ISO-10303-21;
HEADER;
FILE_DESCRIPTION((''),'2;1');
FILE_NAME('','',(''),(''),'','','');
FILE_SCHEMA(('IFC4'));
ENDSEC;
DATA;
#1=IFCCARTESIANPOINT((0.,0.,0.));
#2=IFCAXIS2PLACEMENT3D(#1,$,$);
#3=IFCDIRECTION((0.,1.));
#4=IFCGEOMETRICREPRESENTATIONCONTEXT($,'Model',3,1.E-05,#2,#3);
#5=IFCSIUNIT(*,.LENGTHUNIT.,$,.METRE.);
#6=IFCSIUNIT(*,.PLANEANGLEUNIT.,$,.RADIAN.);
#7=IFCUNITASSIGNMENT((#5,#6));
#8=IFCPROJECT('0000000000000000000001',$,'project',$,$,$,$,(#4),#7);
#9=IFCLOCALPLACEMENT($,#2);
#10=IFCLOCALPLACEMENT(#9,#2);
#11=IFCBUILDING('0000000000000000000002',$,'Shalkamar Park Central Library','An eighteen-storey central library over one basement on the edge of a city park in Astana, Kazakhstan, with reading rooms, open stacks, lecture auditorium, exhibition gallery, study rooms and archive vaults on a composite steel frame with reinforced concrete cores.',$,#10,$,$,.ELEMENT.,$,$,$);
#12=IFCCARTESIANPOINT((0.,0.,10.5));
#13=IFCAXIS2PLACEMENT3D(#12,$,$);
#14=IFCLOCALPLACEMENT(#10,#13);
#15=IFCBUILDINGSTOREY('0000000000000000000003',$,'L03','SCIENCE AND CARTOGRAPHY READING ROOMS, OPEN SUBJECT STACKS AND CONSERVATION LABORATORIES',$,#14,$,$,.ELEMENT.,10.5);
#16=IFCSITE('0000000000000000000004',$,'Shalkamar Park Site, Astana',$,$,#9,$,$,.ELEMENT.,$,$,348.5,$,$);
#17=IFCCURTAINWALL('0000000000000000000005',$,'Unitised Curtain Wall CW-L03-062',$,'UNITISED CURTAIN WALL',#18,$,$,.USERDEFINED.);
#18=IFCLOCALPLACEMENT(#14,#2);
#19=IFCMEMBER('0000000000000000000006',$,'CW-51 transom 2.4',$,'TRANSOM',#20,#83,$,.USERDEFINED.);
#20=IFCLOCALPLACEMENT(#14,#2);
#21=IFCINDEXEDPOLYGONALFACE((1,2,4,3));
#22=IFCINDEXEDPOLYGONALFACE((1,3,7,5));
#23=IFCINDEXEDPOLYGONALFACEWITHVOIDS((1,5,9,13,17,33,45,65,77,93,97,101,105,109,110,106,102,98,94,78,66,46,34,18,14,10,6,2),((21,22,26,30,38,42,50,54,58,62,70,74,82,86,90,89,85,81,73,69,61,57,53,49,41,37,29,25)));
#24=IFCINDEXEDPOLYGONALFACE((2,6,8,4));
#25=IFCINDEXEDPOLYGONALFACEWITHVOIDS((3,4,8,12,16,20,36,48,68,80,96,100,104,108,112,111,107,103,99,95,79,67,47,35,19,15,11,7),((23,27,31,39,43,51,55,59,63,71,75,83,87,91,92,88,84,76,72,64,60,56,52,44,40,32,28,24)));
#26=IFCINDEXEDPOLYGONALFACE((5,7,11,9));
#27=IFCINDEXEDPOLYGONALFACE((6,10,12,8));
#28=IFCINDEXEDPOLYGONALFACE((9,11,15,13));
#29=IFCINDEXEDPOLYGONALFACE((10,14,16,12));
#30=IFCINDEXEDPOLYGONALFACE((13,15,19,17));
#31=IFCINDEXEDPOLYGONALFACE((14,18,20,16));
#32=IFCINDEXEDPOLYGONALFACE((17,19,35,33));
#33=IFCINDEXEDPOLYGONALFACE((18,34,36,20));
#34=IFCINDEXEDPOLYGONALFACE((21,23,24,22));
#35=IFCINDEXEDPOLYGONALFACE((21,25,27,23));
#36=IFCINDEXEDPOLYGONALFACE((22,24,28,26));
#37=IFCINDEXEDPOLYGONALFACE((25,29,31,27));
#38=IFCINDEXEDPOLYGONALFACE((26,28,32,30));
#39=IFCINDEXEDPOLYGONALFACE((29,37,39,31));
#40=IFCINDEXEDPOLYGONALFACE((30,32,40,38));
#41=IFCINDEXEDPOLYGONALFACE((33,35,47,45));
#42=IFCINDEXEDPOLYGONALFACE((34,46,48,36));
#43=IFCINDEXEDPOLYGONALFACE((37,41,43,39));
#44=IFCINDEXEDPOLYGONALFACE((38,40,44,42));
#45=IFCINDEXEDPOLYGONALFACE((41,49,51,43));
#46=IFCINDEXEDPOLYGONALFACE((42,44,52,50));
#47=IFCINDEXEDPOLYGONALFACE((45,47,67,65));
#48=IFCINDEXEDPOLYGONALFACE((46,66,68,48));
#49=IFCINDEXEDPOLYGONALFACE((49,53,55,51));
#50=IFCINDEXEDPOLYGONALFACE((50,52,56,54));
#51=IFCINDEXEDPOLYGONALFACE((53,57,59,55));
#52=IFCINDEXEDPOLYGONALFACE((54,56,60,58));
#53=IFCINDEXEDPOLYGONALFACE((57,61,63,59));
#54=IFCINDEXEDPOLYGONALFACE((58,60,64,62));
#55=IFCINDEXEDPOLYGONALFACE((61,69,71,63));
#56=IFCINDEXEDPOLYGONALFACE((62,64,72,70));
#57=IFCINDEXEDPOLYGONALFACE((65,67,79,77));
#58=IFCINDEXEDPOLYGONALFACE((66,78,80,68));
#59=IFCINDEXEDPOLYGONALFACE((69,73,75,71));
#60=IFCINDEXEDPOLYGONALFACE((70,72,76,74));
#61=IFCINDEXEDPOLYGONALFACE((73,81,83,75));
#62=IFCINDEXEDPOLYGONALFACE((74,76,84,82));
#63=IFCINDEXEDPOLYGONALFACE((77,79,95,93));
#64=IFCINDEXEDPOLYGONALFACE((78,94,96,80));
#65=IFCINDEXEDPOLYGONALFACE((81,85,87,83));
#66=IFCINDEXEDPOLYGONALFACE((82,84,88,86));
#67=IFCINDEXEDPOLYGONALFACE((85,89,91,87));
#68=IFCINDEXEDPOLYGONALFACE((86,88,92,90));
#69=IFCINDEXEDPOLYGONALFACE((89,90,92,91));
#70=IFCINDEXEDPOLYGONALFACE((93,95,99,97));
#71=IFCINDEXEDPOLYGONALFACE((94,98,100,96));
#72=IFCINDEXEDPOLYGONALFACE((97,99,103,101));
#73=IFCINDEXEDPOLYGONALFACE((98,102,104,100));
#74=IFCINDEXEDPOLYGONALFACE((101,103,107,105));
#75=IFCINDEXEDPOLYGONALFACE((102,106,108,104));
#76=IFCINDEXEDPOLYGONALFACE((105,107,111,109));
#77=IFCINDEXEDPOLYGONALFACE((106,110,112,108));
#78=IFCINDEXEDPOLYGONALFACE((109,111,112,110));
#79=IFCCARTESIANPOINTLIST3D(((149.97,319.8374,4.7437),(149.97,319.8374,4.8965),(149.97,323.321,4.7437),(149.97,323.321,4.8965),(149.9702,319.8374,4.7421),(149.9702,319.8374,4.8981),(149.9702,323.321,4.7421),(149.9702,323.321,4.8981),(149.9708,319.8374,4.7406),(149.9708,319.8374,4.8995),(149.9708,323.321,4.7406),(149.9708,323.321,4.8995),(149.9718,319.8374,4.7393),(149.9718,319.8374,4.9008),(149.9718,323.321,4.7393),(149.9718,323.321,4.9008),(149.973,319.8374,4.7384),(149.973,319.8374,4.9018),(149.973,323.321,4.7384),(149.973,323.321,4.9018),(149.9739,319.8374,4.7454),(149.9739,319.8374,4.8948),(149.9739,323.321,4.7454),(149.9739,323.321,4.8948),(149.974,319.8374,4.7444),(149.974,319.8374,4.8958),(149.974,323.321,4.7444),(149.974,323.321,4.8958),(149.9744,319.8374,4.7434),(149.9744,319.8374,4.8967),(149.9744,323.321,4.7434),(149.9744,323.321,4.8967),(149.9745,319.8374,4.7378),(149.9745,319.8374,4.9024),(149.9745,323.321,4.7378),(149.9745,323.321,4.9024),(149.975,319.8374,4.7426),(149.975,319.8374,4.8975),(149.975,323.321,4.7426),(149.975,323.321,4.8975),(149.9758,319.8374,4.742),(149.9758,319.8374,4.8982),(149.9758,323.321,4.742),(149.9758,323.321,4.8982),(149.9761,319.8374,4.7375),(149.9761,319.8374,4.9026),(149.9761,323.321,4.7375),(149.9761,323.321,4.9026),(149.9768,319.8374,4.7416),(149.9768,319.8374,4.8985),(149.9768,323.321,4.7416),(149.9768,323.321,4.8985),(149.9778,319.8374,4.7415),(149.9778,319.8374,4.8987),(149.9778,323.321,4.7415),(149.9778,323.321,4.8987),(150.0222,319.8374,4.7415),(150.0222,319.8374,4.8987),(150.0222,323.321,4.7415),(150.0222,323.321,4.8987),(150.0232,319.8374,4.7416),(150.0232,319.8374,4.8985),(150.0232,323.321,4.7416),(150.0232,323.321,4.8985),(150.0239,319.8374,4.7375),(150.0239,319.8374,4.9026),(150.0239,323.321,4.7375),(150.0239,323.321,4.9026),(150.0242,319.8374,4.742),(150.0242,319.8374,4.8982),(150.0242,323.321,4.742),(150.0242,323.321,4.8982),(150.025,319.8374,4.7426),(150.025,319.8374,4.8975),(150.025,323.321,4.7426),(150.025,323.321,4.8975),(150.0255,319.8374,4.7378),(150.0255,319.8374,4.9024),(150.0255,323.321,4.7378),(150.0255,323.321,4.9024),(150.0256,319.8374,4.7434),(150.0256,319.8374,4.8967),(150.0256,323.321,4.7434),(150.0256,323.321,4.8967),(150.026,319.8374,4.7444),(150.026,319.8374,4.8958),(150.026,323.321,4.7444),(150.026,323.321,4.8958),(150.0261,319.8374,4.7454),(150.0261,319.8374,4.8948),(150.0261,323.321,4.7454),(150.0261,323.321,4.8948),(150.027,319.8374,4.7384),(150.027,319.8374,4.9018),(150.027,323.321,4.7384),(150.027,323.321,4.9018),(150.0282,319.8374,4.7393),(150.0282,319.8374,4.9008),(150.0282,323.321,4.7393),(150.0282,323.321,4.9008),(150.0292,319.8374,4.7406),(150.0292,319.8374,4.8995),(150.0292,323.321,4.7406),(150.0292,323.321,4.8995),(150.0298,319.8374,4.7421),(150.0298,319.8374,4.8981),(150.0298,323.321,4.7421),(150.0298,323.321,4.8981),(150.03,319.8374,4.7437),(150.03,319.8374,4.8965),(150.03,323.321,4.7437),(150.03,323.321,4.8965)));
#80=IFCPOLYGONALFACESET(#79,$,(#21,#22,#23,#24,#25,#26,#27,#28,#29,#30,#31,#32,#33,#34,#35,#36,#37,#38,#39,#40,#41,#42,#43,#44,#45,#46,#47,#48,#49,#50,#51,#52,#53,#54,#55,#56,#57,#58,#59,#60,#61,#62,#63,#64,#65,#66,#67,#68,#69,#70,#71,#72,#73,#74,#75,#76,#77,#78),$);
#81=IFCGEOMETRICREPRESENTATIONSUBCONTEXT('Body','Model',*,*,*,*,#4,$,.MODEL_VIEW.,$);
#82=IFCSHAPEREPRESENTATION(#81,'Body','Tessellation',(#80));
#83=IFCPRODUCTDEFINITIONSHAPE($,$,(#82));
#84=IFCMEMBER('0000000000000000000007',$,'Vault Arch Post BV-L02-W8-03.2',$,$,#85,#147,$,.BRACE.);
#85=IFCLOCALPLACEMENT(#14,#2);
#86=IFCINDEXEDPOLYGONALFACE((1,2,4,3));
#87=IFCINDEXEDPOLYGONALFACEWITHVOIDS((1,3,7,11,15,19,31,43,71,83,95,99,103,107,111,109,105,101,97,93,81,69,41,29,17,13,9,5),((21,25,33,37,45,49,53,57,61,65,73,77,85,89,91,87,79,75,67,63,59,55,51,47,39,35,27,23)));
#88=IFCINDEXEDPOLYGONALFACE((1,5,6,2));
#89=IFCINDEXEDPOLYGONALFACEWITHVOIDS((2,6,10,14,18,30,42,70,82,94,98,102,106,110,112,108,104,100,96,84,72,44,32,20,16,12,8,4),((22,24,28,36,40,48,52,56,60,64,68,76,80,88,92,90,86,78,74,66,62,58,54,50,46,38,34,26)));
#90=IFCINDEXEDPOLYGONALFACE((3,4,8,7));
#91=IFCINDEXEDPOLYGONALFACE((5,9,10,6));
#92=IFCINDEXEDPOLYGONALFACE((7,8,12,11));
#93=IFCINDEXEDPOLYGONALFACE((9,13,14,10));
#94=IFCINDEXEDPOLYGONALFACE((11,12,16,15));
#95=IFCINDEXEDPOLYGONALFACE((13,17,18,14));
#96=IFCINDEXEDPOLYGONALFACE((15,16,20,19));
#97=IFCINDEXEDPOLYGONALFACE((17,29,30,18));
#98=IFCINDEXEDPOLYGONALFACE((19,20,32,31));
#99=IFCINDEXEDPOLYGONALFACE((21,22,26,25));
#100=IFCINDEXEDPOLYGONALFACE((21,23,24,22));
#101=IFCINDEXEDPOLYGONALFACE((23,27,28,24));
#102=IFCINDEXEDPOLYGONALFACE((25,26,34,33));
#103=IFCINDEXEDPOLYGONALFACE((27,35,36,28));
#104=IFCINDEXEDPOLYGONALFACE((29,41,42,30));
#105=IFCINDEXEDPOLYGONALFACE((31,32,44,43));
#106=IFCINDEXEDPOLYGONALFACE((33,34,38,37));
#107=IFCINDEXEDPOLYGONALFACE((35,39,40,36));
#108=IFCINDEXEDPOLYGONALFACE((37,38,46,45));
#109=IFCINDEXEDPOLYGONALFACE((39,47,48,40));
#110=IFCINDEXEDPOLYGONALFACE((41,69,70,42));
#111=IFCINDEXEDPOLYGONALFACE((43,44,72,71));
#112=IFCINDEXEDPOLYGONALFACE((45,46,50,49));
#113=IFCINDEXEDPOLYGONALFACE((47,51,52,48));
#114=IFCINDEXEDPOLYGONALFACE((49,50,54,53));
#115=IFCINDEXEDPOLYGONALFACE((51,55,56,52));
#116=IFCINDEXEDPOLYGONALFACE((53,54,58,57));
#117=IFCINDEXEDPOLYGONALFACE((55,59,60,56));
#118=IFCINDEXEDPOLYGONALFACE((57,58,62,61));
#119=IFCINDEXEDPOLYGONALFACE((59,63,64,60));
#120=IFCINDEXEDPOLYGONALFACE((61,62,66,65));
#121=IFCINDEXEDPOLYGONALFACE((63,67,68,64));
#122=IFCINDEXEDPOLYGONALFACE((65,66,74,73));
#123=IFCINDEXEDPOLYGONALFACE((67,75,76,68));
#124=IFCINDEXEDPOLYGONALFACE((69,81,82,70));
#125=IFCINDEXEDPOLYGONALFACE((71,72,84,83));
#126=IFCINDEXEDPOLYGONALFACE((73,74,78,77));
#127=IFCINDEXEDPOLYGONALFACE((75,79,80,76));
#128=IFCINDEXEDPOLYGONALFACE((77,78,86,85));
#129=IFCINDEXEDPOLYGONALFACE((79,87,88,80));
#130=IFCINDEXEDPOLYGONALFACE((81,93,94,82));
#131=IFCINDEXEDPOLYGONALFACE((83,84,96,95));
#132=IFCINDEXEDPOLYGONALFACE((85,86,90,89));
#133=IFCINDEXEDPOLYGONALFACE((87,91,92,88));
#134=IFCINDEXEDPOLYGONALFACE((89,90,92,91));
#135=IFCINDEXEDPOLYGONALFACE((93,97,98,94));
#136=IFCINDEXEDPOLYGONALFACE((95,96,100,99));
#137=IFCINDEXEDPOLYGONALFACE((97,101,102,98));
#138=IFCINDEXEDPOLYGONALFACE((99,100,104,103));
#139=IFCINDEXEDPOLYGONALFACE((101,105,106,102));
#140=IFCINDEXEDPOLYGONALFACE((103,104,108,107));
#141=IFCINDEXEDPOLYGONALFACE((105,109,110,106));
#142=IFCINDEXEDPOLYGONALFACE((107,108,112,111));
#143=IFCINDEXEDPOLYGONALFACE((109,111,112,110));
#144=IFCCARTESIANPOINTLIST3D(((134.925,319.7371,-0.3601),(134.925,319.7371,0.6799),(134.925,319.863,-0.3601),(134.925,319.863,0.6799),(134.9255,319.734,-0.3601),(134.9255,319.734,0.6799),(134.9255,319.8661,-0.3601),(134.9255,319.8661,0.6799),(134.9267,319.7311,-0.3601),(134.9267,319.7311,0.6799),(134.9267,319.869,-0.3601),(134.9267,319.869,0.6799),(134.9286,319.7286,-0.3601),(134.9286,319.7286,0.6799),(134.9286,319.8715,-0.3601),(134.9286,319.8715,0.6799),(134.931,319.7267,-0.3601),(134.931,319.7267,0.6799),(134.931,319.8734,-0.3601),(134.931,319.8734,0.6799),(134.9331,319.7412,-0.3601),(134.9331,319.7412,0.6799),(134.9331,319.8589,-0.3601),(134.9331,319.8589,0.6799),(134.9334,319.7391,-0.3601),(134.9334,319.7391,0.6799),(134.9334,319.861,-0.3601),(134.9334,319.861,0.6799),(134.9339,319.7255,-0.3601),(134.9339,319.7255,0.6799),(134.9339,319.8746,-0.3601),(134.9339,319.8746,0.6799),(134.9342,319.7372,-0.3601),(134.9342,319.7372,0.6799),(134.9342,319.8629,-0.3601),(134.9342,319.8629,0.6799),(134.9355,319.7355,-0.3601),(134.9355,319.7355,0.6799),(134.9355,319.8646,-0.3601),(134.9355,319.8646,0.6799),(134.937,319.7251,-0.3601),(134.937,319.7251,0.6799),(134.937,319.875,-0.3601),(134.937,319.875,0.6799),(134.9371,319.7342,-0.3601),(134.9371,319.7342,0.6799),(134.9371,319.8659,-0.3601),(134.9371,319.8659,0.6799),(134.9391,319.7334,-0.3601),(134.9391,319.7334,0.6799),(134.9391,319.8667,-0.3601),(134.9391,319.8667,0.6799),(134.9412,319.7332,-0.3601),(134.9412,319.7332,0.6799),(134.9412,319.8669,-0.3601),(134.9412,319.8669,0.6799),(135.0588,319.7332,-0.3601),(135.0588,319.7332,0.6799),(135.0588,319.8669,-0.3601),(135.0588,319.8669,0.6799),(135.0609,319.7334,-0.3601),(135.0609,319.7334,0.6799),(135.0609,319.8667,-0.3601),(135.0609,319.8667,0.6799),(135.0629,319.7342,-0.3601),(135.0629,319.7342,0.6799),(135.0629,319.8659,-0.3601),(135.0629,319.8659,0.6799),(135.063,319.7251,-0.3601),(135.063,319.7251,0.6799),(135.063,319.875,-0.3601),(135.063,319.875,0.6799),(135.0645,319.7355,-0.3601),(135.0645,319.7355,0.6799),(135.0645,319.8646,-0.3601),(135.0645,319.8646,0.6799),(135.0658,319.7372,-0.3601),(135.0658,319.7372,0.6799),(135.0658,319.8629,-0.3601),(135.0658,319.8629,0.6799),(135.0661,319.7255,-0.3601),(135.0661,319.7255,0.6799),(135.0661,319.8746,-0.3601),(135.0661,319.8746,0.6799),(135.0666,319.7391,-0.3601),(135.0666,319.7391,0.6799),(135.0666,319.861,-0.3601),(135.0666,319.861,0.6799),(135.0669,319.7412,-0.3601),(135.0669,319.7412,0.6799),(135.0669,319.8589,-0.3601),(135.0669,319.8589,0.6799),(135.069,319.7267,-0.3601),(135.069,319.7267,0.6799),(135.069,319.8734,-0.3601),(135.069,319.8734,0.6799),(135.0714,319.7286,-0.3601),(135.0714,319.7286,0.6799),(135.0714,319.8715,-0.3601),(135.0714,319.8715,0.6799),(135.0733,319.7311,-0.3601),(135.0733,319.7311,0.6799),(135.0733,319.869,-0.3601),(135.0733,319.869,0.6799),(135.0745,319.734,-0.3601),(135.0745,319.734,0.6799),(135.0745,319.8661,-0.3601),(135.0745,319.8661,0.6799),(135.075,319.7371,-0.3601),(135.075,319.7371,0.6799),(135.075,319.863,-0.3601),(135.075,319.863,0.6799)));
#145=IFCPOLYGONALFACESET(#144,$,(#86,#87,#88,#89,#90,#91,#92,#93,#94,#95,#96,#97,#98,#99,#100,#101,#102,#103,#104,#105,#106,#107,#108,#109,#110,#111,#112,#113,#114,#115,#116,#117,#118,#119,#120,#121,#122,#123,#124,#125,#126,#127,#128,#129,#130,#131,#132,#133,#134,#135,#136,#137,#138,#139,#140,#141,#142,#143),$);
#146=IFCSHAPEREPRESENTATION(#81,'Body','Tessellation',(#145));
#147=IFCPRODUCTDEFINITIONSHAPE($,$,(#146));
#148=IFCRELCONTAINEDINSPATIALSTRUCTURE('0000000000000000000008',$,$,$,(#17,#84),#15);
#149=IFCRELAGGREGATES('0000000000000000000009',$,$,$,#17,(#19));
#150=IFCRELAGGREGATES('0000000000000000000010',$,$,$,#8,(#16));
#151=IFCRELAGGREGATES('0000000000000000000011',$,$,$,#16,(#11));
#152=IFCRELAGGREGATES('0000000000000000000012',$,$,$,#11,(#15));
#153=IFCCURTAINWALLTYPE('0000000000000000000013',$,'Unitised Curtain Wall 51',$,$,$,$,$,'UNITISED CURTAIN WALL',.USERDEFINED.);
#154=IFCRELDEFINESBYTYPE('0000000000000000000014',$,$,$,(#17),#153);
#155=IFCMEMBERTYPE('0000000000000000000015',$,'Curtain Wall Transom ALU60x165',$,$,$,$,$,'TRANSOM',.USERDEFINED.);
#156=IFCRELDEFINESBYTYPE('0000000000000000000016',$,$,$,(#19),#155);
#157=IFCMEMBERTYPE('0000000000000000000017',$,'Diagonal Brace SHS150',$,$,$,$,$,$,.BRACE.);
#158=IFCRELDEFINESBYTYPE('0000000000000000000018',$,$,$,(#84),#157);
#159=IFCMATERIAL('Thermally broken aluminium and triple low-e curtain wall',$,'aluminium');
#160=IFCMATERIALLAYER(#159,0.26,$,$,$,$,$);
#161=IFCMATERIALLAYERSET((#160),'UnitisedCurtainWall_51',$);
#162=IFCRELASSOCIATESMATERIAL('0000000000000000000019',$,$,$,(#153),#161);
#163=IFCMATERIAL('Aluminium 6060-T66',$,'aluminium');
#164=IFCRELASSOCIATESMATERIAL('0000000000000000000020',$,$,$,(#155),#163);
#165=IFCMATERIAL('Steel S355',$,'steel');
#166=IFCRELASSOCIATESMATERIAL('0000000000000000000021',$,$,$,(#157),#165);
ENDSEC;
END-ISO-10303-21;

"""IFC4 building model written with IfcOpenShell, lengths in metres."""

from ifc_helpers import new_model, si_unit, direction, frame, origin, origin_2d, place, context, subcontext, project, spatial, hollow_rectangle, extrude, material, layer, layer_set, material_profile, profile_set, type_object, element, aggregate, save


model = new_model("IFC4")

# Units and contexts
model_context = context("Model", 3, precision=1e-05, world=origin(), true_north=direction((0.0, 1.0)))
body_context = subcontext(model_context, "Body", "Model", "MODEL_VIEW")
ifc_project = project(units=[si_unit("LENGTHUNIT", "METRE"), si_unit("PLANEANGLEUNIT", "RADIAN")], contexts=[model_context])

# Site, building, storey
site_placement = place(None, origin())
site = spatial("IfcSite", under=ifc_project, at=site_placement, Name="Shalkamar Park Site, Astana", CompositionType="ELEMENT", RefElevation=348.5)
building_placement = place(site_placement, origin())
building = spatial("IfcBuilding", under=site, at=building_placement, Name="Shalkamar Park Central Library", Description="An eighteen-storey central library over one basement on the edge of a city park in Astana, Kazakhstan, with reading rooms, open stacks, lecture auditorium, exhibition gallery, study rooms and archive vaults on a composite steel frame with reinforced concrete cores.", CompositionType="ELEMENT")
storey_placement = place(building_placement, frame((0.0, 0.0, 10.5)))
storey = spatial("IfcBuildingStorey", under=building, at=storey_placement, Name="L03", Description="SCIENCE AND CARTOGRAPHY READING ROOMS, OPEN SUBJECT STACKS AND CONSERVATION LABORATORIES", CompositionType="ELEMENT", Elevation=10.5)

# Curtain wall, member
ifc_material_1 = material(Name="Thermally broken aluminium and triple low-e curtain wall", Category="aluminium")
ifc_layer_1 = layer(ifc_material_1, 0.26)
ifc_layer_set_1 = layer_set([ifc_layer_1], Name="UnitisedCurtainWall_51")
curtain_wall_type = type_object("IfcCurtainWallType", Name="Unitised Curtain Wall 51", ElementType="UNITISED CURTAIN WALL", PredefinedType="USERDEFINED", material=ifc_layer_set_1)
curtain_wall_placement = place(storey_placement, origin())
curtain_wall = element("IfcCurtainWall", 1, at=curtain_wall_placement, inside=storey, type_object=curtain_wall_type, Name="Unitised Curtain Wall CW-L03-062", ObjectType="UNITISED CURTAIN WALL", PredefinedType="USERDEFINED")
ifc_material_2 = material(Name="Aluminium 6060-T66", Category="aluminium")
ifc_material_profile_1 = material_profile(ifc_material_2, hollow_rectangle(XDim=0.0601, YDim=0.165, WallThickness=0.0039, InnerFilletRadius=0.0039, OuterFilletRadius=0.0061, at=origin_2d()), Name="ALU 60x165x4")
ifc_profile_set_1 = profile_set([ifc_material_profile_1], Name="Aluminium 6060-T66")
member_type_1 = type_object("IfcMemberType", Name="Curtain Wall Transom ALU60x165", ElementType="TRANSOM", PredefinedType="USERDEFINED", material=ifc_profile_set_1)
member_1_placement = place(storey_placement, frame((150.0, 319.8374, 4.8201), z_axis=(0.0, 1.0, 0.0), x_axis=(-1.0, 0.0, 0.0)))
member_1 = element("IfcMember", 2, at=member_1_placement, type_object=member_type_1, Name="CW-51 transom 2.4", ObjectType="TRANSOM", PredefinedType="USERDEFINED", context=body_context, shape_type="SweptSolid", body=[
    extrude(hollow_rectangle(XDim=0.0601, YDim=0.165, WallThickness=0.0039, InnerFilletRadius=0.0039, OuterFilletRadius=0.0061, at=origin_2d()), origin(), (0.0, 0.0, 1.0), 3.4836),
])

# Member
ifc_material_3 = material(Name="Steel S355", Category="steel")
ifc_material_profile_2 = material_profile(ifc_material_3, hollow_rectangle(XDim=0.1499, YDim=0.1499, WallThickness=0.0081, InnerFilletRadius=0.0081, OuterFilletRadius=0.012, at=origin_2d()), Name="SHS 150x150x8")
ifc_profile_set_2 = profile_set([ifc_material_profile_2], Name="Steel S355")
member_type_2 = type_object("IfcMemberType", Name="Diagonal Brace SHS150", PredefinedType="BRACE", material=ifc_profile_set_2)
member_2_placement = place(storey_placement, frame((135.0, 319.8, -0.3601), z_axis=(0.0, 0.0, 1.0), x_axis=(1.0, 0.0, 0.0)))
element("IfcMember", 3, at=member_2_placement, inside=storey, type_object=member_type_2, Name="Vault Arch Post BV-L02-W8-03.2", PredefinedType="BRACE", context=body_context, shape_type="SweptSolid", body=[
    extrude(hollow_rectangle(XDim=0.1499, YDim=0.1499, WallThickness=0.0081, InnerFilletRadius=0.0081, OuterFilletRadius=0.012, at=origin_2d()), origin(), (0.0, 0.0, 1.0), 1.04),
])

aggregate(curtain_wall, [member_1])

save(model, "model.ifc")
